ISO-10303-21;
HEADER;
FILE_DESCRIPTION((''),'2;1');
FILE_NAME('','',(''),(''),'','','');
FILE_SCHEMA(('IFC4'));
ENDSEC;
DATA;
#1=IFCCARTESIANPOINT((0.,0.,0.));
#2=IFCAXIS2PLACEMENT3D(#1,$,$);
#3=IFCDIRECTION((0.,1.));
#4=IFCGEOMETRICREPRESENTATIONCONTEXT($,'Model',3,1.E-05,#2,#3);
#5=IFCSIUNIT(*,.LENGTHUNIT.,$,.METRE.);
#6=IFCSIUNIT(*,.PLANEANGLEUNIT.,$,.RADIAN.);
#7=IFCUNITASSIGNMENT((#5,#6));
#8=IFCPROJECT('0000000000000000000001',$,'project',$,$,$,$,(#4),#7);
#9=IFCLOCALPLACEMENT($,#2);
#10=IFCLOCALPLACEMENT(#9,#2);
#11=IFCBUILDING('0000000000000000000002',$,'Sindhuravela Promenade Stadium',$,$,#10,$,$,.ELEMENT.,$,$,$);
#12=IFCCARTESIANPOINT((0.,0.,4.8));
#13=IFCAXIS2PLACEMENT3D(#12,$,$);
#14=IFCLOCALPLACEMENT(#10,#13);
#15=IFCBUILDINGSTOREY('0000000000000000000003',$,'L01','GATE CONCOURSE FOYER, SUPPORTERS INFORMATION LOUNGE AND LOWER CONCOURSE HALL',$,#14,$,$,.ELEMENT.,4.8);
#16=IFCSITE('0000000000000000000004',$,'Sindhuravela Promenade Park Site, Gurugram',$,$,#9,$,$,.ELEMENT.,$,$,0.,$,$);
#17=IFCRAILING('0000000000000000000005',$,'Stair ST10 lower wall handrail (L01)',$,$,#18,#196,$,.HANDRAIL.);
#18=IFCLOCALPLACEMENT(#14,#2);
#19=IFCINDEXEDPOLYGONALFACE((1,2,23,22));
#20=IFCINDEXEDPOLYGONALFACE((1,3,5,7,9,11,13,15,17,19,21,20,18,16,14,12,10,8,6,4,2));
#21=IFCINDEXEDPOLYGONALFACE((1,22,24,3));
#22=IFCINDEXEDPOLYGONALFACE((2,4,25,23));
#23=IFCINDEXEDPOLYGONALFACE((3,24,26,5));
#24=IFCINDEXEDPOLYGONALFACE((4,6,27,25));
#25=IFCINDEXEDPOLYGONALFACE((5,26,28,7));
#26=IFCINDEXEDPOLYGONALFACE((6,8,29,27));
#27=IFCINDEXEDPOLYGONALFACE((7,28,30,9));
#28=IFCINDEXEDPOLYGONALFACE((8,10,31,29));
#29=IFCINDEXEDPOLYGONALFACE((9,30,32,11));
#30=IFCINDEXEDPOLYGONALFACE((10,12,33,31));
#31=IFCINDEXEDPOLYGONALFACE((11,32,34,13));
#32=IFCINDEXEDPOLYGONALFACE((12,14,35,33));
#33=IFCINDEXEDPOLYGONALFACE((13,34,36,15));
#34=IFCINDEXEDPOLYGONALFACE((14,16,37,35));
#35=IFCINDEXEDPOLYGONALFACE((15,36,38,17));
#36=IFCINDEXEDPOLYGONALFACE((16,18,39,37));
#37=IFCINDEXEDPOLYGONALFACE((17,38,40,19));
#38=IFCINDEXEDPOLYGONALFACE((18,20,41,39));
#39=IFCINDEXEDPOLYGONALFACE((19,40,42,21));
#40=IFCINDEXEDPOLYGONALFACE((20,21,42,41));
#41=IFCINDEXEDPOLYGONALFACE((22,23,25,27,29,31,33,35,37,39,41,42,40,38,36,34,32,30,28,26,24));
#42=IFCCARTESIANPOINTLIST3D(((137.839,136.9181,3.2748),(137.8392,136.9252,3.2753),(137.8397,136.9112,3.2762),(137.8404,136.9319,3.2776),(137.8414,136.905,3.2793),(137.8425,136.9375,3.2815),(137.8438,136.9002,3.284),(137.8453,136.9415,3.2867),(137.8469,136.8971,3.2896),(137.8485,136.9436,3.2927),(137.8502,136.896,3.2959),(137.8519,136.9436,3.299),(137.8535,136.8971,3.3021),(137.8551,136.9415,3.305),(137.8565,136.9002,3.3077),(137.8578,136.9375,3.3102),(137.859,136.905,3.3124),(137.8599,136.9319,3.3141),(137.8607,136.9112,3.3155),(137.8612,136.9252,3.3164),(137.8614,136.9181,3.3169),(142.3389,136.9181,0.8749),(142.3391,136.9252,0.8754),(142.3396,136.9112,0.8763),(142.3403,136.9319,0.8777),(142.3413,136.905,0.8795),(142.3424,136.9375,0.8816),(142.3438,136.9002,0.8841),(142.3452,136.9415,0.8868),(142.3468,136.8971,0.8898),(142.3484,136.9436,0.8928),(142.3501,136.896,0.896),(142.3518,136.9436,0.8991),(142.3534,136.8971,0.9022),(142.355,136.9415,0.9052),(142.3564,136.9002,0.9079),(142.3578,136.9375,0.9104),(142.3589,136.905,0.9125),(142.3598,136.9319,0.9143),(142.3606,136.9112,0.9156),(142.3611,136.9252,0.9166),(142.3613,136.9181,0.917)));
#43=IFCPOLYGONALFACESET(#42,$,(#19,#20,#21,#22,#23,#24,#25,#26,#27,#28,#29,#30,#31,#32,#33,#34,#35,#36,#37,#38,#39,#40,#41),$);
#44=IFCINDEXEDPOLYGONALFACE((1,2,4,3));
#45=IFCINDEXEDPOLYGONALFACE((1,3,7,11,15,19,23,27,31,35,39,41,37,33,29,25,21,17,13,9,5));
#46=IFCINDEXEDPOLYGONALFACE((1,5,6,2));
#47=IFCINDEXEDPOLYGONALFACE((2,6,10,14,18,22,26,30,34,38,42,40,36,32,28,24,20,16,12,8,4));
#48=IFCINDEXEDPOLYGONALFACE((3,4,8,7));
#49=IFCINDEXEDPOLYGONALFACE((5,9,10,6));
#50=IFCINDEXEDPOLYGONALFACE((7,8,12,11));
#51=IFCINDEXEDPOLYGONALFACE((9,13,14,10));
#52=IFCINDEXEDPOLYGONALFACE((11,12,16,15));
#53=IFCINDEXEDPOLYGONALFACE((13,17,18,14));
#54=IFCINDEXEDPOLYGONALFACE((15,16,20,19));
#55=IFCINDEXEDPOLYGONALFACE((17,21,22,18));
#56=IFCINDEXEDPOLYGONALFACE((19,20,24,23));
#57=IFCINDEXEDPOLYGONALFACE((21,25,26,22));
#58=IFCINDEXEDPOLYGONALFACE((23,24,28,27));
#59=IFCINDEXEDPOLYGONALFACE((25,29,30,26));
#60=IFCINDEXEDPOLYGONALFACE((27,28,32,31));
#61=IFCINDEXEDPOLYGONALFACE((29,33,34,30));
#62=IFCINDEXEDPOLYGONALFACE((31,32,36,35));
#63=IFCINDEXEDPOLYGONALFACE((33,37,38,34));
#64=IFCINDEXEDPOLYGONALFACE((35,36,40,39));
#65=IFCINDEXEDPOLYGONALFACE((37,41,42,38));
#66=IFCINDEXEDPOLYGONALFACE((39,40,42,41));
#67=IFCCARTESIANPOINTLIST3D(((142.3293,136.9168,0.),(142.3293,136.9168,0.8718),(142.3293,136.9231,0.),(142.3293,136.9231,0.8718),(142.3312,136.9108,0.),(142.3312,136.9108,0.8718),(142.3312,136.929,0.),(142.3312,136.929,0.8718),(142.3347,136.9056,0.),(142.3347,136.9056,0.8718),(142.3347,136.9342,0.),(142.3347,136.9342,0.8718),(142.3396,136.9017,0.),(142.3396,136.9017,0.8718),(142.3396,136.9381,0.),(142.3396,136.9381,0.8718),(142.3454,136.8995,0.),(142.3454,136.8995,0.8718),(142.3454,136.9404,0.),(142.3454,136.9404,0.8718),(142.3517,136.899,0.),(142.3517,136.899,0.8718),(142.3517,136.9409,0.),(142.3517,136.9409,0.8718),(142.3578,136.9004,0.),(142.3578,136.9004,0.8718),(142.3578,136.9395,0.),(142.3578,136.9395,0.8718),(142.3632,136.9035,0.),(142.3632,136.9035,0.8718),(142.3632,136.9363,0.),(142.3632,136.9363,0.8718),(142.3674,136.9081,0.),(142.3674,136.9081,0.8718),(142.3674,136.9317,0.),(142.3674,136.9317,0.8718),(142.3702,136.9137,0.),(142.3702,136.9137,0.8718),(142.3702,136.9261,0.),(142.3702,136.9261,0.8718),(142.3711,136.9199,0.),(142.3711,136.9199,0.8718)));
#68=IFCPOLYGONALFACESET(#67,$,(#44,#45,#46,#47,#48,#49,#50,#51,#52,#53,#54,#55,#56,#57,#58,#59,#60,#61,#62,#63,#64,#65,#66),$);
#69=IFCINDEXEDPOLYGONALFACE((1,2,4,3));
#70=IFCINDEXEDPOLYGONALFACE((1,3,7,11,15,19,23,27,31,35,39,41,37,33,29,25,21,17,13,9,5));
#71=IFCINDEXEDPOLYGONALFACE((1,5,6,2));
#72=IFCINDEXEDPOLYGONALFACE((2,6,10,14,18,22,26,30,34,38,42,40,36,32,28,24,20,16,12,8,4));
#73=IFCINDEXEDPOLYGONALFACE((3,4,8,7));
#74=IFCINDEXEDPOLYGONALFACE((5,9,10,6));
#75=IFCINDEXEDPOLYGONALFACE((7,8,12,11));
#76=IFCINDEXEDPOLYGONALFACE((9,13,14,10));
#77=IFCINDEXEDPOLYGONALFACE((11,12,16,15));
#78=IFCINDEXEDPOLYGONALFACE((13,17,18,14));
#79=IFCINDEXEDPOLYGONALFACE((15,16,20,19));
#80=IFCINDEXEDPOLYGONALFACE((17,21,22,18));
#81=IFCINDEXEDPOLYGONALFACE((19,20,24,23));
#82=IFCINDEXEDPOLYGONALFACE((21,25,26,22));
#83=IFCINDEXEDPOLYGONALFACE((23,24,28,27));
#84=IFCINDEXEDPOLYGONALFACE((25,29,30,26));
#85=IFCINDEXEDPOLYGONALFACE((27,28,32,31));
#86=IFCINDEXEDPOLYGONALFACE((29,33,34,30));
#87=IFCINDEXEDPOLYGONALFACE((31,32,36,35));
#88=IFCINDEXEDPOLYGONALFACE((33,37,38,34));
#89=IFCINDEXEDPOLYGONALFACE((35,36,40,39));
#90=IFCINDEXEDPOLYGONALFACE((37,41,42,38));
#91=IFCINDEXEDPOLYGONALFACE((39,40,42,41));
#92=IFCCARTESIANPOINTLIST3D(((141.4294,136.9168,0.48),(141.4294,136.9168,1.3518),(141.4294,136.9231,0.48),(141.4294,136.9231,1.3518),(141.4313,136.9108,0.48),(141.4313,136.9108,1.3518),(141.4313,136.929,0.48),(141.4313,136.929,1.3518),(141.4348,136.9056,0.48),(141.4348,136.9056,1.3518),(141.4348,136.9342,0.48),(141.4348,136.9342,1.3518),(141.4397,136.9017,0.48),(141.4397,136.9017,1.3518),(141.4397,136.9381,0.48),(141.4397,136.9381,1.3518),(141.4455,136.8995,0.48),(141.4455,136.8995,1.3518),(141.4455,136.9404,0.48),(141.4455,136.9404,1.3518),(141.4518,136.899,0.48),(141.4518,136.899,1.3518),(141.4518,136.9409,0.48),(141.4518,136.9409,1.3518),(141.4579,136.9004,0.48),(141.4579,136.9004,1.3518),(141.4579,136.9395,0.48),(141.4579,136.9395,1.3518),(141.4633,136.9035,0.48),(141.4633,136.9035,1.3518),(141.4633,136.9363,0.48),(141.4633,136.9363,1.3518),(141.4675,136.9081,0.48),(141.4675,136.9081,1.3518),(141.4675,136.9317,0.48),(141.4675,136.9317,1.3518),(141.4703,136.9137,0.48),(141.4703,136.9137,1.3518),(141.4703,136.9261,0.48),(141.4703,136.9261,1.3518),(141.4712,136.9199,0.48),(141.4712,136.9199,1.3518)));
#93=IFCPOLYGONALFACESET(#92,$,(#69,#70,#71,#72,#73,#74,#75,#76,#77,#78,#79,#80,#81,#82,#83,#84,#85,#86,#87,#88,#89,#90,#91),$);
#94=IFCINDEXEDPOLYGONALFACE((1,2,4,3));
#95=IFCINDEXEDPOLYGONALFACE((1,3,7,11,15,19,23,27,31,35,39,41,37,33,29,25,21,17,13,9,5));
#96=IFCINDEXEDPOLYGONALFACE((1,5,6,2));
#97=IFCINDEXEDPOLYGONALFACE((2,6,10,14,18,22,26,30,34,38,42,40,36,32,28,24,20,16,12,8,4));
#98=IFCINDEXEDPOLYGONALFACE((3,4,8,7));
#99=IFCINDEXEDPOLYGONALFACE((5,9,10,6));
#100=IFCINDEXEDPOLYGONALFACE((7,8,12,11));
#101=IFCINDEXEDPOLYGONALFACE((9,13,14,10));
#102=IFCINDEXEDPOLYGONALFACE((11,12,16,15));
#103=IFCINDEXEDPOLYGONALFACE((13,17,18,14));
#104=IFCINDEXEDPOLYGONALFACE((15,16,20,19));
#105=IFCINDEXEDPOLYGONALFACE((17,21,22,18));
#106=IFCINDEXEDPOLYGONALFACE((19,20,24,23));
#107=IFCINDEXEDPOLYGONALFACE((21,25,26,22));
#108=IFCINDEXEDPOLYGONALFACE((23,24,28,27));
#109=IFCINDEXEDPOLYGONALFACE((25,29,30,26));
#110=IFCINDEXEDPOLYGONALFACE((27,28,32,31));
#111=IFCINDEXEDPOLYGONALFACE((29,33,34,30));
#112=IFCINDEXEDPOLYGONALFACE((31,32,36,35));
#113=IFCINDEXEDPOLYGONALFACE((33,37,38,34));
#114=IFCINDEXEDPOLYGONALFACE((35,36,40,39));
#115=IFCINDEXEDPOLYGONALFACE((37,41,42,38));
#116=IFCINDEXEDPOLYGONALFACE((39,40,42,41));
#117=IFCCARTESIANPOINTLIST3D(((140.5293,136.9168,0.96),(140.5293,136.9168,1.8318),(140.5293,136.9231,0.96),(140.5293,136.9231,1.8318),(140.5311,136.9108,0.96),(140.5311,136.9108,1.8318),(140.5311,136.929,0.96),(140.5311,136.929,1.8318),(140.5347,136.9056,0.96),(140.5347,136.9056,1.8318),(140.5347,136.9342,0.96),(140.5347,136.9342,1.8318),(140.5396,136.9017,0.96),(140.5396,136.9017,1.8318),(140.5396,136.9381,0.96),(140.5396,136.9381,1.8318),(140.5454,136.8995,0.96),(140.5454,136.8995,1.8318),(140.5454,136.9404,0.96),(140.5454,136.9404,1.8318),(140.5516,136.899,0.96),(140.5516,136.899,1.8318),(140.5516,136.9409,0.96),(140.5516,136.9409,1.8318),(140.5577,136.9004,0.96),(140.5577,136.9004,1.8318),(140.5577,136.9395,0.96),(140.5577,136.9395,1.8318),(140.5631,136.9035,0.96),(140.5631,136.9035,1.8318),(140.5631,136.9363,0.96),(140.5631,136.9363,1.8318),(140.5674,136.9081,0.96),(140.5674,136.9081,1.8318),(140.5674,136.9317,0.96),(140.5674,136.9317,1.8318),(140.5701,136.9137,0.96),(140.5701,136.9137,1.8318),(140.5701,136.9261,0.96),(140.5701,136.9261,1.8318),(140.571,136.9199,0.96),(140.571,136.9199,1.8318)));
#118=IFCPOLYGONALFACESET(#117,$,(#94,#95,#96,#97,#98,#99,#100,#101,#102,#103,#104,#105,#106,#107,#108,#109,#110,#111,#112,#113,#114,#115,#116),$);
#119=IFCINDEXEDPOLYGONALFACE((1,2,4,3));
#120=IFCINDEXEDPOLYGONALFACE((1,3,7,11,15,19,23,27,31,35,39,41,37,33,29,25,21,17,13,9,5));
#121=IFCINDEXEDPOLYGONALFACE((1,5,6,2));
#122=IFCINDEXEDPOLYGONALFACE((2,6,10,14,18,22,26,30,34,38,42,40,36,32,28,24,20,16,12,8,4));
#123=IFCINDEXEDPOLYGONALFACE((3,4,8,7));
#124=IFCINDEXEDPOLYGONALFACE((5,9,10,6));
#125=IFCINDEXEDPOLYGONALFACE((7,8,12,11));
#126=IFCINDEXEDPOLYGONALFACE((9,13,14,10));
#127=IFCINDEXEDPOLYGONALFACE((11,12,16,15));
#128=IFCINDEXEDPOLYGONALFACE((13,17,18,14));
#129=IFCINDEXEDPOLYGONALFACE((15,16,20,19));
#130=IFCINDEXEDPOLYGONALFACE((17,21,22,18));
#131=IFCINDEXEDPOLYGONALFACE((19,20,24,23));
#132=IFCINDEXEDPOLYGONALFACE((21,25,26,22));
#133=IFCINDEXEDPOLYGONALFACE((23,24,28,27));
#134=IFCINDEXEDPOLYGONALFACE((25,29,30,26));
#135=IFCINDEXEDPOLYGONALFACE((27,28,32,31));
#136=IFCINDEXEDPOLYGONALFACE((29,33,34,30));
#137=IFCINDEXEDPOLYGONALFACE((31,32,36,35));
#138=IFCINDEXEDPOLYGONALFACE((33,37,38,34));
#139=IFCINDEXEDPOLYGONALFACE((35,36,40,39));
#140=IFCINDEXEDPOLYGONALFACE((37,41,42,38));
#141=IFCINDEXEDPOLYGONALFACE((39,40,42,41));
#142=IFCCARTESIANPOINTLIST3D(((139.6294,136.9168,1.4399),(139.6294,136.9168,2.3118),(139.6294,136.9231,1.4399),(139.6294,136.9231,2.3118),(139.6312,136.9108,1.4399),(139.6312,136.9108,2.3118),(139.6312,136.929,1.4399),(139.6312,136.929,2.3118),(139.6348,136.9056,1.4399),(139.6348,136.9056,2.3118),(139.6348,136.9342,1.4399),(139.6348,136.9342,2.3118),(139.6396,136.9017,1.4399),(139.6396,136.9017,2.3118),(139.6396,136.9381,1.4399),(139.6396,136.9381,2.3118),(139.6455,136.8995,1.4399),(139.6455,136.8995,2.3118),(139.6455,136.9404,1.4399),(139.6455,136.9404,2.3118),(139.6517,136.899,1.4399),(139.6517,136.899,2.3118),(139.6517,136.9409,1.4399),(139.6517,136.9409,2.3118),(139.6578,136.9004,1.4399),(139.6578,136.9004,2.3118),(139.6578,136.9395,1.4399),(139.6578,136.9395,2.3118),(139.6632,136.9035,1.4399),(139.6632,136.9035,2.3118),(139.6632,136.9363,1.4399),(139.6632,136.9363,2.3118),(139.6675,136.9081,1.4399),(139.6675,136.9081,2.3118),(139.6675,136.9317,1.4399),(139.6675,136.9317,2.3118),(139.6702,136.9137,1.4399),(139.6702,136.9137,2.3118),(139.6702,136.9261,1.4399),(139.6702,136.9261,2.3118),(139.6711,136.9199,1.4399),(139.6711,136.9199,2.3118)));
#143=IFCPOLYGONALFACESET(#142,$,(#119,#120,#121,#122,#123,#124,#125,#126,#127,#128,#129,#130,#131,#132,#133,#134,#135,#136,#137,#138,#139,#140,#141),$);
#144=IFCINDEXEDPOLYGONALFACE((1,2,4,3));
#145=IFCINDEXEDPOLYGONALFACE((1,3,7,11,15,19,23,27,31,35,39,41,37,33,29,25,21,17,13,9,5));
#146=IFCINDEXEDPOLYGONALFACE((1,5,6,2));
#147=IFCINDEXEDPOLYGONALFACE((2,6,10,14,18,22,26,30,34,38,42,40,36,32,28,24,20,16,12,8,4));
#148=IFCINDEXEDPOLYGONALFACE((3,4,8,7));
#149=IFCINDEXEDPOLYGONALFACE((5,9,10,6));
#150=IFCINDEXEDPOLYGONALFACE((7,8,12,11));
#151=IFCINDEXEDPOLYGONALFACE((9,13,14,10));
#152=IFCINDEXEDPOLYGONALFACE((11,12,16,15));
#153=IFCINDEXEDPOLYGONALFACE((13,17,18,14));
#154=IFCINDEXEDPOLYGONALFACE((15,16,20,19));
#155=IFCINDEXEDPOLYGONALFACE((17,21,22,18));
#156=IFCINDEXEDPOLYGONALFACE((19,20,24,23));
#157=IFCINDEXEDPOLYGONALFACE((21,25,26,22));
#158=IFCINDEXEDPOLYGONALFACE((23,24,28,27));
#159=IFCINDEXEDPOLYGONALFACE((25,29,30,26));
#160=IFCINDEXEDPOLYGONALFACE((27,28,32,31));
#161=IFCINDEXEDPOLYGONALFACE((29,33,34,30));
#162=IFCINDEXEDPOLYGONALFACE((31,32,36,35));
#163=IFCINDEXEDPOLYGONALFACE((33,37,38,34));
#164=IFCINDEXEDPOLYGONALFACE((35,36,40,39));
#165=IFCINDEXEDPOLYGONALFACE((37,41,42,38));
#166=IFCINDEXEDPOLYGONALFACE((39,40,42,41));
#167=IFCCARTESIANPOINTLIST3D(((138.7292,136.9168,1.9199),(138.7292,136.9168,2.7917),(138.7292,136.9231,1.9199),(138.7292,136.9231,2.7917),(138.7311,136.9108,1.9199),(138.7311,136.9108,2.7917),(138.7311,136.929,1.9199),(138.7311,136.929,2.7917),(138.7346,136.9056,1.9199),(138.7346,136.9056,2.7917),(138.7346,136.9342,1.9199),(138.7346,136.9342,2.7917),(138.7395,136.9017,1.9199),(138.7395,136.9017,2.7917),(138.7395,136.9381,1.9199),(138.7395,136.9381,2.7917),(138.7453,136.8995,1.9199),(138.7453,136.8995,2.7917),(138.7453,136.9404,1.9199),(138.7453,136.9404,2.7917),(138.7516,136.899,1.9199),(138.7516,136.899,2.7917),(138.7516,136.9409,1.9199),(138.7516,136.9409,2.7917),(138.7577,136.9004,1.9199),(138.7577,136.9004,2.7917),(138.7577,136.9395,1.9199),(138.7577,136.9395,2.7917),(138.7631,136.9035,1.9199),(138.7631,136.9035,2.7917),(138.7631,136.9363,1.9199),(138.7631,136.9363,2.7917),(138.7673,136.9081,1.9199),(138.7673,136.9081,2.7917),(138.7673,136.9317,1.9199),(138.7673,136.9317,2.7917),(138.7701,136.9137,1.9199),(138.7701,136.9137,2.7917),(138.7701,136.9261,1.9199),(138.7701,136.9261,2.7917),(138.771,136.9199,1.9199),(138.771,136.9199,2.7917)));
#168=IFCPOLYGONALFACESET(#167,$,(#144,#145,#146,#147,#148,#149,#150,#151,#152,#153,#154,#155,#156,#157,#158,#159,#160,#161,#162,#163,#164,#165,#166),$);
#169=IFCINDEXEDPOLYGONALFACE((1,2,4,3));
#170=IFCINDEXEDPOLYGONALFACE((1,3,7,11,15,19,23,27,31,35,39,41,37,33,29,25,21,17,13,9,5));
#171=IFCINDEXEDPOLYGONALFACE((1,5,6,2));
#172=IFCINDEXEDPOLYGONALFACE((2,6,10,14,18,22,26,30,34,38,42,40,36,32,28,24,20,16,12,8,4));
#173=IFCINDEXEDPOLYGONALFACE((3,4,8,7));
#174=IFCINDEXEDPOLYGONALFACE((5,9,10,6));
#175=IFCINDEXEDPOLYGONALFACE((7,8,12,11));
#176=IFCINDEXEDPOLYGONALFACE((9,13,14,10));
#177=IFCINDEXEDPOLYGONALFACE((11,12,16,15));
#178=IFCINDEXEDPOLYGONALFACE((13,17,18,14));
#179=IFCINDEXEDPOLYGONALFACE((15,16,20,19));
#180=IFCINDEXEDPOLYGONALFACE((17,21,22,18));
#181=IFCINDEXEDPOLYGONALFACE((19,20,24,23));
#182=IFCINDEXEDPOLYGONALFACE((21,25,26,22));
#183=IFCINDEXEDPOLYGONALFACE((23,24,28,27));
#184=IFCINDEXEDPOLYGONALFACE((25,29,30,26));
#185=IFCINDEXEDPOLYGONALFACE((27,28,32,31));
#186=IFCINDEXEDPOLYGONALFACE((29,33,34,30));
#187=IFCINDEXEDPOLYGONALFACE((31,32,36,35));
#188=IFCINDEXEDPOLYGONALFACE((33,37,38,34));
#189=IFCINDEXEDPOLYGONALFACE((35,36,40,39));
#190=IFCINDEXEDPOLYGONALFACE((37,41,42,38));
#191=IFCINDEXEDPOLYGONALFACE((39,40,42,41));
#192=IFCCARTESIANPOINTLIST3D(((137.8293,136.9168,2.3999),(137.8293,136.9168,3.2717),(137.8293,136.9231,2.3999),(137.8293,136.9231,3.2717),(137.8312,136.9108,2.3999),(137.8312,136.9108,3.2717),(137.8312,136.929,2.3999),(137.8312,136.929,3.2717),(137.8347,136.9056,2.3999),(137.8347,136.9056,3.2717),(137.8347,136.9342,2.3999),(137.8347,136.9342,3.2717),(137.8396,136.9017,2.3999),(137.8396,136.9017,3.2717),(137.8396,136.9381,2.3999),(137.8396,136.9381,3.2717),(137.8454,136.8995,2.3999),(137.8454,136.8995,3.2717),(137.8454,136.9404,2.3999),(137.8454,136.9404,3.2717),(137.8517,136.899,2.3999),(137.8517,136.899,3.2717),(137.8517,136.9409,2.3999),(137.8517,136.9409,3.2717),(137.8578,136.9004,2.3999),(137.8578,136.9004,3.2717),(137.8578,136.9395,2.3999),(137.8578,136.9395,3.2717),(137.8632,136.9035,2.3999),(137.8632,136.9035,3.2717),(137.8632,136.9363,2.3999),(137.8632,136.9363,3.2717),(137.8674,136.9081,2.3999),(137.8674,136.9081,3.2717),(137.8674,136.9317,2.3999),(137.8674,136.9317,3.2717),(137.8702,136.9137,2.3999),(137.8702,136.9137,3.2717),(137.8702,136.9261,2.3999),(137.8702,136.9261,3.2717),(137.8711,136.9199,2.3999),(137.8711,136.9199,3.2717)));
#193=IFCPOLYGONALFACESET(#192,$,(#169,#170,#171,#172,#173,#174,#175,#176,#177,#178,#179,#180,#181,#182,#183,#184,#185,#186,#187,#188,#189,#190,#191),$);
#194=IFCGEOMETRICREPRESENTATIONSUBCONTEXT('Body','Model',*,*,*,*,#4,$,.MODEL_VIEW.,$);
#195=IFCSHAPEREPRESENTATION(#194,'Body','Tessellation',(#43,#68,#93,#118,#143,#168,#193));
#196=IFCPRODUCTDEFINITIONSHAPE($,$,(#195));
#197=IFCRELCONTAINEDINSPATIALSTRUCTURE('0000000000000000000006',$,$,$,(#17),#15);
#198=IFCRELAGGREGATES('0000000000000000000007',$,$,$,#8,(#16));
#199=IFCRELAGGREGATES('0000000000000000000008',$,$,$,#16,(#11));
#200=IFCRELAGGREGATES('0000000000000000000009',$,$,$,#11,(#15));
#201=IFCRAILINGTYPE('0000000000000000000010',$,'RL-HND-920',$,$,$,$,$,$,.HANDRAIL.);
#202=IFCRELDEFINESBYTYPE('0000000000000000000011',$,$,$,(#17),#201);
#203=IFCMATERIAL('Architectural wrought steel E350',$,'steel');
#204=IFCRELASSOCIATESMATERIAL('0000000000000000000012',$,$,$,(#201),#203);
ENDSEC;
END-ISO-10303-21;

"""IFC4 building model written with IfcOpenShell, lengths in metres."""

from ifc_helpers import new_model, si_unit, direction, frame, origin, origin_2d, place, context, subcontext, project, spatial, circle, extrude, material, type_object, element, save


model = new_model("IFC4")

# Units and contexts
model_context = context("Model", 3, precision=1e-05, world=origin(), true_north=direction((0.0, 1.0)))
body_context = subcontext(model_context, "Body", "Model", "MODEL_VIEW")
ifc_project = project(units=[si_unit("LENGTHUNIT", "METRE"), si_unit("PLANEANGLEUNIT", "RADIAN")], contexts=[model_context])

# Site, building, storey
site_placement = place(None, origin())
site = spatial("IfcSite", under=ifc_project, at=site_placement, Name="Sindhuravela Promenade Park Site, Gurugram", CompositionType="ELEMENT", RefElevation=0.0)
building_placement = place(site_placement, origin())
building = spatial("IfcBuilding", under=site, at=building_placement, Name="Sindhuravela Promenade Stadium", CompositionType="ELEMENT")
storey_placement = place(building_placement, frame((0.0, 0.0, 4.8)))
storey = spatial("IfcBuildingStorey", under=building, at=storey_placement, Name="L01", Description="GATE CONCOURSE FOYER, SUPPORTERS INFORMATION LOUNGE AND LOWER CONCOURSE HALL", CompositionType="ELEMENT", Elevation=4.8)

# Shared definitions
ifc_material_1 = material(Name="Architectural wrought steel E350", Category="steel")

# Railing
railing_type_1 = type_object("IfcRailingType", Name="RL-HND-920", PredefinedType="HANDRAIL", material=ifc_material_1)
railing_1_placement = place(storey_placement, frame((142.3501, 136.9199, 0.0)))
element("IfcRailing", 1, at=railing_1_placement, inside=storey, type_object=railing_type_1, Name="Stair ST10 lower wall handrail (L01)", PredefinedType="HANDRAIL", context=body_context, shape_type="SweptSolid", body=[
    extrude(circle(Radius=0.0239, at=origin_2d()), frame((0.0, 0.0, 0.896), z_axis=(-0.882361, 0.0, 0.470573), x_axis=(0.0, -1.0, 0.0)), (0.0, 0.0, 1.0), 5.0999),
    extrude(circle(Radius=0.021, at=origin_2d()), origin(), (0.0, 0.0, 1.0), 0.8718),
    extrude(circle(Radius=0.021, at=origin_2d()), frame((-0.8999, 0.0, 0.48)), (0.0, 0.0, 1.0), 0.8718),
    extrude(circle(Radius=0.021, at=origin_2d()), frame((-1.8, 0.0, 0.96)), (0.0, 0.0, 1.0), 0.8718),
    extrude(circle(Radius=0.021, at=origin_2d()), frame((-2.7, 0.0, 1.4399)), (0.0, 0.0, 1.0), 0.8718),
    extrude(circle(Radius=0.021, at=origin_2d()), frame((-3.6001, 0.0, 1.9199)), (0.0, 0.0, 1.0), 0.8718),
    extrude(circle(Radius=0.021, at=origin_2d()), frame((-4.5, 0.0, 2.3999)), (0.0, 0.0, 1.0), 0.8718),
])

save(model, "model.ifc")
